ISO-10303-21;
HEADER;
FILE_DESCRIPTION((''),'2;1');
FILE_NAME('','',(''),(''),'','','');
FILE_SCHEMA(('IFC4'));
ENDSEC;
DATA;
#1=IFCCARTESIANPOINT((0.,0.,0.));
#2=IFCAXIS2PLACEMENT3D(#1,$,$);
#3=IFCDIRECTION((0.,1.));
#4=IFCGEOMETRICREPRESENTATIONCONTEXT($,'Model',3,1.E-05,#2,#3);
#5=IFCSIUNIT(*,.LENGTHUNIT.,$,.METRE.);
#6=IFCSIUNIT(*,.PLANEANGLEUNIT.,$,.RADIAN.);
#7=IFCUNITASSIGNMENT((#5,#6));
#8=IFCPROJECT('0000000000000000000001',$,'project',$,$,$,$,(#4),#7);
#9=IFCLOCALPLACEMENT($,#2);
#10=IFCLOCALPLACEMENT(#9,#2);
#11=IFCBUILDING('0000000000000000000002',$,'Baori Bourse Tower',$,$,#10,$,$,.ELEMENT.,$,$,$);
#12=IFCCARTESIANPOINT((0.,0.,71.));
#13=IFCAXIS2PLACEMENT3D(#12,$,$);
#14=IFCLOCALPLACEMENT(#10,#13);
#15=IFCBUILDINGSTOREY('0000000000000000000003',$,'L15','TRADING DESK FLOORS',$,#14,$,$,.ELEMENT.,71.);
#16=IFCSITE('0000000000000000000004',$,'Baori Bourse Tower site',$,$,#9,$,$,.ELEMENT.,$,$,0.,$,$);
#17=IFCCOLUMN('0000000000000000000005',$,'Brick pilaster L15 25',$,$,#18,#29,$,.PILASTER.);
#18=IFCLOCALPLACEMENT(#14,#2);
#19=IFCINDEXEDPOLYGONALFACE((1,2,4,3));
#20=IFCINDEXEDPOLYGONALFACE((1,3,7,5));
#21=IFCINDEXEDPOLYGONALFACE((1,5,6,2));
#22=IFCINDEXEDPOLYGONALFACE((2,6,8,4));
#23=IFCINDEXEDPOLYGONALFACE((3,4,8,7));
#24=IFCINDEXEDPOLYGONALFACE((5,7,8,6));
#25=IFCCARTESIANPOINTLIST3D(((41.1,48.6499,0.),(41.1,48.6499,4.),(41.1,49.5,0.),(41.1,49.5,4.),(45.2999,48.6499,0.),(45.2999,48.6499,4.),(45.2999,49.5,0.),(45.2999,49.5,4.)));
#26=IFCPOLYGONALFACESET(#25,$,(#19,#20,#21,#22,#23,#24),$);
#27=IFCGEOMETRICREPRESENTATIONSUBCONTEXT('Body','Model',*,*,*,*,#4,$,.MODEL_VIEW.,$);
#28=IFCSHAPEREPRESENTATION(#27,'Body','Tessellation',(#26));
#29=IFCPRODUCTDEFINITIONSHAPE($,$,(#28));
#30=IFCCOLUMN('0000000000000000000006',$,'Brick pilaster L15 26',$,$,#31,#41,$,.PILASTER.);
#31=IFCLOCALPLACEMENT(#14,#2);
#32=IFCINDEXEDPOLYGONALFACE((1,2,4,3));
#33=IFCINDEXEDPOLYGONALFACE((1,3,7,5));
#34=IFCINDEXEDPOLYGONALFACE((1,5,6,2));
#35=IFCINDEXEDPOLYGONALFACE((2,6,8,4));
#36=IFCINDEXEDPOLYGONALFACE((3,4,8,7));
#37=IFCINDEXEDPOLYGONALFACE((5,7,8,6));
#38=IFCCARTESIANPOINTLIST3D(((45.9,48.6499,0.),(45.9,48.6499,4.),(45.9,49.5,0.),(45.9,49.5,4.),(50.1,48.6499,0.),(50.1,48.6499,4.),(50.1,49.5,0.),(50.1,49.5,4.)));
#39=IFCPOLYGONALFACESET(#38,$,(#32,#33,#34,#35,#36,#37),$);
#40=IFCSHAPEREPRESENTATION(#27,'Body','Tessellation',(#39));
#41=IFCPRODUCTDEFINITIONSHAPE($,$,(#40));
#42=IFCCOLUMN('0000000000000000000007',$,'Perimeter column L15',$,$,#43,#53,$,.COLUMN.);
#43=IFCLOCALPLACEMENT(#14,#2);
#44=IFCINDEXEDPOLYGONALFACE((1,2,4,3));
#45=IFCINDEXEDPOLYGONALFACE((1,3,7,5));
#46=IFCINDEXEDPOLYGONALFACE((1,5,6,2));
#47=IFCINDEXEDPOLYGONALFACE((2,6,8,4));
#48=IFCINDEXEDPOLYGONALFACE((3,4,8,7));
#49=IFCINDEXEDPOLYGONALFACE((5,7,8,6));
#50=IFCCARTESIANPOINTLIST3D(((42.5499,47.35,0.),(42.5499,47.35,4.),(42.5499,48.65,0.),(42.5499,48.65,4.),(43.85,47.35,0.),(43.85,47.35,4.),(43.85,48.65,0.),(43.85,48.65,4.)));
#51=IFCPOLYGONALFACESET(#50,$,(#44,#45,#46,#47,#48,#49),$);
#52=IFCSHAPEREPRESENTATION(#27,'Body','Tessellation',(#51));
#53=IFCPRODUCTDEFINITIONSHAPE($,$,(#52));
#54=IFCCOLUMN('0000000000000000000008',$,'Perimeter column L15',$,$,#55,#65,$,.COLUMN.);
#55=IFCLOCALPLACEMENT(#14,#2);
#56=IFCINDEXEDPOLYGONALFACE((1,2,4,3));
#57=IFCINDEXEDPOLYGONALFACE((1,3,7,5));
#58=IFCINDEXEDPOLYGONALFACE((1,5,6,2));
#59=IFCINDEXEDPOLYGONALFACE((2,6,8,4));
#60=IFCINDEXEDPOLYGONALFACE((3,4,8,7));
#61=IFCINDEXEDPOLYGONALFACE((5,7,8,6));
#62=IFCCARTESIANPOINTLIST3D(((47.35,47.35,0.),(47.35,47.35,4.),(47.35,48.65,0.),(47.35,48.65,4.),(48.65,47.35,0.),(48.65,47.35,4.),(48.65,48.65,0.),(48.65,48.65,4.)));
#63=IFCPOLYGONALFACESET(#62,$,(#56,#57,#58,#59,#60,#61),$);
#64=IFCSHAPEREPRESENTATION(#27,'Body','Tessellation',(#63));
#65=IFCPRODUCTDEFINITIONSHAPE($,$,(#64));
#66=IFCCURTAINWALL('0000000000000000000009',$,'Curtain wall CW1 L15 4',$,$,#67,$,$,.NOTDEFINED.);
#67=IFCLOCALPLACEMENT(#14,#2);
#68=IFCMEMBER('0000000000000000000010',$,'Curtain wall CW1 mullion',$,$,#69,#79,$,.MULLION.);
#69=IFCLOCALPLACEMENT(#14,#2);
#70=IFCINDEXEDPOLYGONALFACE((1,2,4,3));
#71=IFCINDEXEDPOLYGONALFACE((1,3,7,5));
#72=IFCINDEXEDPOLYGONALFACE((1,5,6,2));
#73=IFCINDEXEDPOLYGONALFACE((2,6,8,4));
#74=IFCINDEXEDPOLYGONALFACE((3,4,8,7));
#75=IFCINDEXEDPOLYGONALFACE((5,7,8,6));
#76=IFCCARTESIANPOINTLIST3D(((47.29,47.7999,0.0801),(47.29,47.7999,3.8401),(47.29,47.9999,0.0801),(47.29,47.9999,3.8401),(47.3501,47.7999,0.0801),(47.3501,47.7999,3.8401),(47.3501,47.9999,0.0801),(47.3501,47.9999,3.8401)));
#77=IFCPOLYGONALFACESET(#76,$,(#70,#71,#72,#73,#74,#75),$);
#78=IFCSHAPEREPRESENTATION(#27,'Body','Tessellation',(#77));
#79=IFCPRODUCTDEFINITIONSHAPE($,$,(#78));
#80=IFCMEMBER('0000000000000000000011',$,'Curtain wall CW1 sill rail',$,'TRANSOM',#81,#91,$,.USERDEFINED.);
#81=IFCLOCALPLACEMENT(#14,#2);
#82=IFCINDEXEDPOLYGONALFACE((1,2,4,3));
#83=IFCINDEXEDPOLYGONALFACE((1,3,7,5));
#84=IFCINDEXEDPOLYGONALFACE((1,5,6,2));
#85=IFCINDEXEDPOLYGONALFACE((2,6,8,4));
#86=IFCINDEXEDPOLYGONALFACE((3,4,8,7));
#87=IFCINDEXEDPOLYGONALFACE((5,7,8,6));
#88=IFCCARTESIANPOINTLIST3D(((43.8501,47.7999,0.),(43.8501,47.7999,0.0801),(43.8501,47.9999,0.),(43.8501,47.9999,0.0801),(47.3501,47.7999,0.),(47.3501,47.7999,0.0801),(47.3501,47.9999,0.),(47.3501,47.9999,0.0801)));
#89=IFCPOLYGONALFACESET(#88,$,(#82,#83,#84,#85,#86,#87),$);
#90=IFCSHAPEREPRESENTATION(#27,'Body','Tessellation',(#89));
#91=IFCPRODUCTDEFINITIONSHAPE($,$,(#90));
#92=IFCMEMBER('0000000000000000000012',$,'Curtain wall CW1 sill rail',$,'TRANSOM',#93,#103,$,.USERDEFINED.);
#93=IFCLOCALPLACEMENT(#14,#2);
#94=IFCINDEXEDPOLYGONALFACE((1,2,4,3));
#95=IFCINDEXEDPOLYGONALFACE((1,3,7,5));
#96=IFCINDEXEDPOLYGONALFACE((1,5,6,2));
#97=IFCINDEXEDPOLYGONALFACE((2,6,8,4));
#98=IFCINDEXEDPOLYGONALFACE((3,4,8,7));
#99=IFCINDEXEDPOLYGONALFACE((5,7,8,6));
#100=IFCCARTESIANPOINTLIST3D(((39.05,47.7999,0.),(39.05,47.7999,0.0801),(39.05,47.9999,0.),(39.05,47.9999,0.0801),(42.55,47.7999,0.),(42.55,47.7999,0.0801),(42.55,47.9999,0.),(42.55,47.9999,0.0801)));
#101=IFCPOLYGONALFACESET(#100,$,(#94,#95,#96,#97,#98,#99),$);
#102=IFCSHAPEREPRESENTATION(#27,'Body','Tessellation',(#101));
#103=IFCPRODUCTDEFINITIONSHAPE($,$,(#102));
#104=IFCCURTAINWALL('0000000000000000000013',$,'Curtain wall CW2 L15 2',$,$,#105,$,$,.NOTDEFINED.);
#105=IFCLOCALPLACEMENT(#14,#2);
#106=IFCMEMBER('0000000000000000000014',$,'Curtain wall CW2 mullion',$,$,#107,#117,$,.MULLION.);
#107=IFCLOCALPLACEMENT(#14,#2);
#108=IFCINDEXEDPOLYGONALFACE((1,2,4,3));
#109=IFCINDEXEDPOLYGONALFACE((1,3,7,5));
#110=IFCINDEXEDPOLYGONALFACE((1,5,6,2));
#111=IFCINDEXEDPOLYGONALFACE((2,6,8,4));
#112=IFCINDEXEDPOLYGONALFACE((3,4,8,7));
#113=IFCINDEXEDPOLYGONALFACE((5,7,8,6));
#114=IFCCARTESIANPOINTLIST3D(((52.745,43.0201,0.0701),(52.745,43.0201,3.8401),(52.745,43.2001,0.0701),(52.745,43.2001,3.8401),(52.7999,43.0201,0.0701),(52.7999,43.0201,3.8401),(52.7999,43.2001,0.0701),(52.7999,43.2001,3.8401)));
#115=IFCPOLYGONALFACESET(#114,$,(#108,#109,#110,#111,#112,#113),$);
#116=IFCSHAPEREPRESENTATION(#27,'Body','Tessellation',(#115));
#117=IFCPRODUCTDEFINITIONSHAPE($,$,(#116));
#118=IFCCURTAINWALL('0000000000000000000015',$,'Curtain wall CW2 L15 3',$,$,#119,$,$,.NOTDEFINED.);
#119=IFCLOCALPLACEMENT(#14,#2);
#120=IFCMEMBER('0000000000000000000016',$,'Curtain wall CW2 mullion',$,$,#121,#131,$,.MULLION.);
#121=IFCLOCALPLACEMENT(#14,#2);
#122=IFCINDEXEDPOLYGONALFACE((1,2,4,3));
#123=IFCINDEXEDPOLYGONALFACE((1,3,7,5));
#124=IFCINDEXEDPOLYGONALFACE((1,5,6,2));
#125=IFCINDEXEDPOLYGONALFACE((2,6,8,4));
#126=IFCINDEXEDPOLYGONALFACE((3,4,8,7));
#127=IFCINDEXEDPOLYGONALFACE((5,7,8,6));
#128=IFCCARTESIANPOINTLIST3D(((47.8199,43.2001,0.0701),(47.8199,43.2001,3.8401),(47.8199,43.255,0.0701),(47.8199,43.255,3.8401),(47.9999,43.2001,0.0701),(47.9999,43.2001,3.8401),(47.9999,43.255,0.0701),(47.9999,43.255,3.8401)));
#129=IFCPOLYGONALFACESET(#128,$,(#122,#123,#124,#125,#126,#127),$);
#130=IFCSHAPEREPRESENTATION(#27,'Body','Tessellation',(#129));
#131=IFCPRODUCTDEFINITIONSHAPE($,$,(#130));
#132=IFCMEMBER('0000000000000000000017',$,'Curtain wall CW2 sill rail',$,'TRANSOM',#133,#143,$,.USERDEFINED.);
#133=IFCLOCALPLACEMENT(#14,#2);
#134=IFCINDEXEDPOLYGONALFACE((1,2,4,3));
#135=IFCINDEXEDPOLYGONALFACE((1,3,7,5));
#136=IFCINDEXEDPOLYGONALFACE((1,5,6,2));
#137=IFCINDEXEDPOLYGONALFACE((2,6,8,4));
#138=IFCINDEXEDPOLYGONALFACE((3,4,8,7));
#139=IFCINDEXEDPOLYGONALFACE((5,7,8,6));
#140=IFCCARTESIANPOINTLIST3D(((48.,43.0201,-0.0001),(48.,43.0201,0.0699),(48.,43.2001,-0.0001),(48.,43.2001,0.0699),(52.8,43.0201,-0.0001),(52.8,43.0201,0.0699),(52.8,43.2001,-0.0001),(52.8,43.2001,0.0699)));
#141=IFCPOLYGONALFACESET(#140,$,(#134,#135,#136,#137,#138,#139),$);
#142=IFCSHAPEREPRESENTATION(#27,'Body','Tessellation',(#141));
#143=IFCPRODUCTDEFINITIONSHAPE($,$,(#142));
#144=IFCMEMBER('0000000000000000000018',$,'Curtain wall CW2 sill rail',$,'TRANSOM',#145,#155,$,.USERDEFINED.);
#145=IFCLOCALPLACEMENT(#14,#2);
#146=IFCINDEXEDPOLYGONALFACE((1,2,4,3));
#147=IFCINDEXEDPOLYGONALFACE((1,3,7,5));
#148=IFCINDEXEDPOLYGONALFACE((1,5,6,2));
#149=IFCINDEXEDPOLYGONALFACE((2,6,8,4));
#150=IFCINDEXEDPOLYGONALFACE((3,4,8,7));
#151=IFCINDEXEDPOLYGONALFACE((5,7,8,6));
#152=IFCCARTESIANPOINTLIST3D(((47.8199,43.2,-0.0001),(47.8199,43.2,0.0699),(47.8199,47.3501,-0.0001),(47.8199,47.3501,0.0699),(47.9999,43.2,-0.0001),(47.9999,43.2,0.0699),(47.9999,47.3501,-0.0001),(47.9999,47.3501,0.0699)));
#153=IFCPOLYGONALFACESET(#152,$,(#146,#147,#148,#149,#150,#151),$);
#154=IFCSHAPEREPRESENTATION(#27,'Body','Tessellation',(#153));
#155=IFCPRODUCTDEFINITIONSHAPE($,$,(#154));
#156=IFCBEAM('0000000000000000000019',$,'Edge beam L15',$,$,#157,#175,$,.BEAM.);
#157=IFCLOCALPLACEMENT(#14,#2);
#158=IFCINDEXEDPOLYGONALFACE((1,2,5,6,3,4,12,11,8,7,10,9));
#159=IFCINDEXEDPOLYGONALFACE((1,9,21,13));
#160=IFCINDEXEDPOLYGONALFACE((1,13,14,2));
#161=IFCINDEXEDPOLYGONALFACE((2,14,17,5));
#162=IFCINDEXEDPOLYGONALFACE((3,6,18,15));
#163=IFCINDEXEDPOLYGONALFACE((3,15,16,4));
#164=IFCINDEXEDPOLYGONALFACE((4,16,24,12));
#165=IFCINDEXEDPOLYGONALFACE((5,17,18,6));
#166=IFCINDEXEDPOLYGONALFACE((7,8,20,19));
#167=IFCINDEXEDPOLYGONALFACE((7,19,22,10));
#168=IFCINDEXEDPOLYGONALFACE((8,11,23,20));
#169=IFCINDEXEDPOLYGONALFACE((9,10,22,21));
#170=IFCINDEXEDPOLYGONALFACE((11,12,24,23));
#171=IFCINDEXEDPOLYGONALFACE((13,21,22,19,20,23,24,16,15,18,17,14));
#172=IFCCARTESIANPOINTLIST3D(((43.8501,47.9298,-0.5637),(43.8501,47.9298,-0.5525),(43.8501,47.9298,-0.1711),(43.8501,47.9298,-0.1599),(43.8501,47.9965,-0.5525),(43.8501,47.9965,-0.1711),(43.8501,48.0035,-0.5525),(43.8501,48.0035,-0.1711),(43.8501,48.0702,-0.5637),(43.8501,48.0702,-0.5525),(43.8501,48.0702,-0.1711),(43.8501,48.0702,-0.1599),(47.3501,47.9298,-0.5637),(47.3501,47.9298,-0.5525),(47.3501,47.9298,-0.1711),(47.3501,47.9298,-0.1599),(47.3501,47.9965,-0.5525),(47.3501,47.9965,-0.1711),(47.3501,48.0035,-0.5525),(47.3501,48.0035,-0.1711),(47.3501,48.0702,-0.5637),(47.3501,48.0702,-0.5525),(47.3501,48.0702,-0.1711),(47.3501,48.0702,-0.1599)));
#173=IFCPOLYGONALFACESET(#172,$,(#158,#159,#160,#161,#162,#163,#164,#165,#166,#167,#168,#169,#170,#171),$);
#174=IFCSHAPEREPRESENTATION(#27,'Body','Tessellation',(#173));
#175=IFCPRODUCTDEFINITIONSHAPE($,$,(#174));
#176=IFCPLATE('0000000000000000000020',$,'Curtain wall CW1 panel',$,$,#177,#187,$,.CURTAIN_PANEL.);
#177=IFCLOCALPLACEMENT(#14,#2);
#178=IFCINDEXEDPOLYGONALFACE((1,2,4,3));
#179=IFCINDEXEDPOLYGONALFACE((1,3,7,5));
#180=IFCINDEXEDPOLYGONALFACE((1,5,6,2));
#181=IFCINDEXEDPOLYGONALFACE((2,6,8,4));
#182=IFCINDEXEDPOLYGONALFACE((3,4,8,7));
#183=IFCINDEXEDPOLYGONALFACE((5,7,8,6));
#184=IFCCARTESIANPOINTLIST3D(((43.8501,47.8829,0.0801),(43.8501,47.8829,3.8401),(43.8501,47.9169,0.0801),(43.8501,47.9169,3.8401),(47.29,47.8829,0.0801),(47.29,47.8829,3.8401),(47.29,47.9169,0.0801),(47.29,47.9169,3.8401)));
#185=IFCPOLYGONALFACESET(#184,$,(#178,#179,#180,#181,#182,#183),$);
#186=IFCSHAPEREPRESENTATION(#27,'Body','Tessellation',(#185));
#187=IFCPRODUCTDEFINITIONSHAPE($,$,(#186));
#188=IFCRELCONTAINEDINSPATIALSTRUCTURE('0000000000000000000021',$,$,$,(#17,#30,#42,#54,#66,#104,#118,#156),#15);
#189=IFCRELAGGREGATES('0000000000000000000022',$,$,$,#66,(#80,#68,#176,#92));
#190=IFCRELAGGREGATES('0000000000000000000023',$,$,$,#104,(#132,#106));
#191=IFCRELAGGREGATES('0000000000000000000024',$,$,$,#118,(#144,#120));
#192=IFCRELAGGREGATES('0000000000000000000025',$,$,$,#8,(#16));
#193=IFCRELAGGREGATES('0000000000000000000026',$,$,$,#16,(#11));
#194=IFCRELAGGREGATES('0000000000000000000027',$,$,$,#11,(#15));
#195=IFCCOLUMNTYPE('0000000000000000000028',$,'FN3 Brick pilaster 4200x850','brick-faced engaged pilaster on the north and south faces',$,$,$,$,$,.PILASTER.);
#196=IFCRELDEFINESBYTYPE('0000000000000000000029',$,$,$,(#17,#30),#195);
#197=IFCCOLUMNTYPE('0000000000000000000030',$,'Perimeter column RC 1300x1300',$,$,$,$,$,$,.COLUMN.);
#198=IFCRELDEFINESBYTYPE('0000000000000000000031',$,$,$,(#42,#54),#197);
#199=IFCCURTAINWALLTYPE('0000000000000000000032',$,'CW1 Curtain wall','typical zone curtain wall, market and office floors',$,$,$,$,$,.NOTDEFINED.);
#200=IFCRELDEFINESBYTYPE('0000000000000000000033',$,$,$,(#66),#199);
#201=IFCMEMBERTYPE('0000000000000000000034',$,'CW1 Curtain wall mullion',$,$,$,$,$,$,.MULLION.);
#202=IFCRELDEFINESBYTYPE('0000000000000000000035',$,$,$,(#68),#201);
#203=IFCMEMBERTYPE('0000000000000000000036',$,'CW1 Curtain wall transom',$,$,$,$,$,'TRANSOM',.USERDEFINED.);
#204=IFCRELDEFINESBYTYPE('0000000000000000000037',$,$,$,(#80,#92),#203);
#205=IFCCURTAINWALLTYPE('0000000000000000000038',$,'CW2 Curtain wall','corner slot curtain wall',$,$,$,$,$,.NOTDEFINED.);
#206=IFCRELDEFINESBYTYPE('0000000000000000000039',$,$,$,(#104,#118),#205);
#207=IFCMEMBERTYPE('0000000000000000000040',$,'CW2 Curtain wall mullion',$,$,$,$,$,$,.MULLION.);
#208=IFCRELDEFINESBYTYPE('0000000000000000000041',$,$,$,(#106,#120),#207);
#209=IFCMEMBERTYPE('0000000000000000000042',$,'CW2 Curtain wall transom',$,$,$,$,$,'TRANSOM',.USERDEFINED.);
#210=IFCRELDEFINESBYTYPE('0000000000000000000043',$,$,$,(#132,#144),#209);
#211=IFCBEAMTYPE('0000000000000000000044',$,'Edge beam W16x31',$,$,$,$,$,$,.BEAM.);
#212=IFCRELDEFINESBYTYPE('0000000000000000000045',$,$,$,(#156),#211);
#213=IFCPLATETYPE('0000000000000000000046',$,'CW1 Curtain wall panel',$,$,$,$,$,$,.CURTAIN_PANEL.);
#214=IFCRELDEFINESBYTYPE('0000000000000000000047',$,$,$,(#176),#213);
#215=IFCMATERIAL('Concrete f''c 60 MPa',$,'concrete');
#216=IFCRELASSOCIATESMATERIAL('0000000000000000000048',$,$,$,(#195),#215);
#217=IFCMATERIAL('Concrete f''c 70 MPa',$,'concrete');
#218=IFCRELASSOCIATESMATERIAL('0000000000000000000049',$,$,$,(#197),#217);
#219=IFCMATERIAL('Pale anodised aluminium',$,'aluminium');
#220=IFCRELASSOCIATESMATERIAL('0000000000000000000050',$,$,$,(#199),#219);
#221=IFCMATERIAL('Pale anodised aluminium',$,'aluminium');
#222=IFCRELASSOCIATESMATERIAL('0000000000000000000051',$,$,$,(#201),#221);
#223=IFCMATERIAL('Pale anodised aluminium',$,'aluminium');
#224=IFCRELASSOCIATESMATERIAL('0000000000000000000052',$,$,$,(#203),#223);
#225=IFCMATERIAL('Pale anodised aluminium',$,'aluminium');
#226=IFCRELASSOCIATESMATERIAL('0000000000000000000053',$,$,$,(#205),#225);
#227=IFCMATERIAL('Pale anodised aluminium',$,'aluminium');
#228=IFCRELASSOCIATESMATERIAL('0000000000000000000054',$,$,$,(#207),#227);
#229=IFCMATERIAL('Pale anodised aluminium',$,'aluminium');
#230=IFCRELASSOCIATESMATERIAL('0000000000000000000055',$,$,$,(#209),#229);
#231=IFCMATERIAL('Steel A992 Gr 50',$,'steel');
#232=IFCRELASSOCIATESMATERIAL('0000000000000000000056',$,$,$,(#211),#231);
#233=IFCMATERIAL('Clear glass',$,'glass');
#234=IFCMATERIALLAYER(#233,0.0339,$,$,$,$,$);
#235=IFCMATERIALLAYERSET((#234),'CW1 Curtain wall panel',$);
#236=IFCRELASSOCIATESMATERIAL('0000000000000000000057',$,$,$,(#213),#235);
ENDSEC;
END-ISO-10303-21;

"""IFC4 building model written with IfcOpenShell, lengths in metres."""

from ifc_helpers import new_model, si_unit, direction, frame, origin, origin_2d, place, context, subcontext, project, spatial, rectangle, i_section, extrude, material, layer, layer_set, material_profile, profile_set, type_object, element, aggregate, save


model = new_model("IFC4")

# Units and contexts
model_context = context("Model", 3, precision=1e-05, world=origin(), true_north=direction((0.0, 1.0)))
body_context = subcontext(model_context, "Body", "Model", "MODEL_VIEW")
ifc_project = project(units=[si_unit("LENGTHUNIT", "METRE"), si_unit("PLANEANGLEUNIT", "RADIAN")], contexts=[model_context])

# Site, building, storey
site_placement = place(None, origin())
site = spatial("IfcSite", under=ifc_project, at=site_placement, Name="Baori Bourse Tower site", CompositionType="ELEMENT", RefElevation=0.0)
building_placement = place(site_placement, origin())
building = spatial("IfcBuilding", under=site, at=building_placement, Name="Baori Bourse Tower", CompositionType="ELEMENT")
storey_placement = place(building_placement, frame((0.0, 0.0, 71.0)))
storey = spatial("IfcBuildingStorey", under=building, at=storey_placement, Name="L15", Description="TRADING DESK FLOORS", CompositionType="ELEMENT", Elevation=71.0)

# Columns
ifc_material_1 = material(Name="Concrete f'c 60 MPa", Category="concrete")
ifc_material_profile_1 = material_profile(ifc_material_1, rectangle(XDim=4.2, YDim=0.8501, at=origin_2d()), Name="RC 4200x850")
ifc_profile_set_1 = profile_set([ifc_material_profile_1], Name="Concrete f'c 60 MPa")
column_type_1 = type_object("IfcColumnType", Name="FN3 Brick pilaster 4200x850", Description="brick-faced engaged pilaster on the north and south faces", PredefinedType="PILASTER", material=ifc_profile_set_1)
for number, where, z_axis, x_axis, name in (
    (1, (43.2, 49.075, 0.0), (0.0, 0.0, 1.0), (1.0, 0.0, 0.0), "Brick pilaster L15 25"),
    (2, (48.0, 49.075, 0.0), (0.0, 0.0, 1.0), (1.0, 0.0, 0.0), "Brick pilaster L15 26"),
):
    element("IfcColumn", number, at=place(storey_placement, frame(where, z_axis=z_axis, x_axis=x_axis)), inside=storey, type_object=column_type_1, Name=name, PredefinedType="PILASTER", context=body_context, shape_type="SweptSolid", body=[
        extrude(rectangle(XDim=4.2, YDim=0.8501, at=origin_2d()), origin(), (0.0, 0.0, 1.0), 4.0),
    ])
ifc_material_2 = material(Name="Concrete f'c 70 MPa", Category="concrete")
ifc_material_profile_2 = material_profile(ifc_material_2, rectangle(XDim=1.3, YDim=1.3, at=origin_2d()), Name="RC 1300x1300")
ifc_profile_set_2 = profile_set([ifc_material_profile_2], Name="Concrete f'c 70 MPa")
column_type_2 = type_object("IfcColumnType", Name="Perimeter column RC 1300x1300", PredefinedType="COLUMN", material=ifc_profile_set_2)
for number, where, z_axis, x_axis, name in (
    (3, (43.2, 48.0, 0.0), (0.0, 0.0, 1.0), (1.0, 0.0, 0.0), "Perimeter column L15"),
    (4, (48.0, 48.0, 0.0), (0.0, 0.0, 1.0), (1.0, 0.0, 0.0), "Perimeter column L15"),
):
    element("IfcColumn", number, at=place(storey_placement, frame(where, z_axis=z_axis, x_axis=x_axis)), inside=storey, type_object=column_type_2, Name=name, PredefinedType="COLUMN", context=body_context, shape_type="SweptSolid", body=[
        extrude(rectangle(XDim=1.3, YDim=1.3, at=origin_2d()), origin(), (0.0, 0.0, 1.0), 4.0),
    ])

# Curtain wall, members
ifc_material_3 = material(Name="Pale anodised aluminium", Category="aluminium")
curtain_wall_type_1 = type_object("IfcCurtainWallType", Name="CW1 Curtain wall", Description="typical zone curtain wall, market and office floors", PredefinedType="NOTDEFINED", material=ifc_material_3)
curtain_wall_1_placement = place(storey_placement, origin())
curtain_wall_1 = element("IfcCurtainWall", 5, at=curtain_wall_1_placement, inside=storey, type_object=curtain_wall_type_1, Name="Curtain wall CW1 L15 4", PredefinedType="NOTDEFINED")
ifc_material_4 = material(Name="Pale anodised aluminium", Category="aluminium")
ifc_material_profile_3 = material_profile(ifc_material_4, rectangle(XDim=0.2, YDim=0.0601, at=origin_2d()), Name="Mullion 60x200")
ifc_profile_set_3 = profile_set([ifc_material_profile_3], Name="Pale anodised aluminium")
member_type_1 = type_object("IfcMemberType", Name="CW1 Curtain wall mullion", PredefinedType="MULLION", material=ifc_profile_set_3)
member_1_placement = place(storey_placement, frame((47.3201, 47.8999, 0.0801), z_axis=(0.0, 0.0, 1.0), x_axis=(0.0, -1.0, 0.0)))
member_1 = element("IfcMember", 6, at=member_1_placement, type_object=member_type_1, Name="Curtain wall CW1 mullion", PredefinedType="MULLION", context=body_context, shape_type="SweptSolid", body=[
    extrude(rectangle(XDim=0.2, YDim=0.0601, at=origin_2d()), origin(), (0.0, 0.0, 1.0), 3.76),
])
ifc_material_5 = material(Name="Pale anodised aluminium", Category="aluminium")
ifc_material_profile_4 = material_profile(ifc_material_5, rectangle(XDim=0.2, YDim=0.0801, at=origin_2d()), Name="Transom 80x200")
ifc_profile_set_4 = profile_set([ifc_material_profile_4], Name="Pale anodised aluminium")
member_type_2 = type_object("IfcMemberType", Name="CW1 Curtain wall transom", ElementType="TRANSOM", PredefinedType="USERDEFINED", material=ifc_profile_set_4)
member_2_placement = place(storey_placement, frame((47.3501, 47.8999, 0.04), z_axis=(-1.0, 0.0, 0.0), x_axis=(0.0, -1.0, 0.0)))
member_2 = element("IfcMember", 7, at=member_2_placement, type_object=member_type_2, Name="Curtain wall CW1 sill rail", ObjectType="TRANSOM", PredefinedType="USERDEFINED", context=body_context, shape_type="SweptSolid", body=[
    extrude(rectangle(XDim=0.2, YDim=0.0801, at=origin_2d()), origin(), (0.0, 0.0, 1.0), 3.5),
])
member_3_placement = place(storey_placement, frame((42.55, 47.8999, 0.04), z_axis=(-1.0, 0.0, 0.0), x_axis=(0.0, -1.0, 0.0)))
member_3 = element("IfcMember", 8, at=member_3_placement, type_object=member_type_2, Name="Curtain wall CW1 sill rail", ObjectType="TRANSOM", PredefinedType="USERDEFINED", context=body_context, shape_type="SweptSolid", body=[
    extrude(rectangle(XDim=0.2, YDim=0.0801, at=origin_2d()), origin(), (0.0, 0.0, 1.0), 3.5),
])

# Curtain walls, members
ifc_material_6 = material(Name="Pale anodised aluminium", Category="aluminium")
curtain_wall_type_2 = type_object("IfcCurtainWallType", Name="CW2 Curtain wall", Description="corner slot curtain wall", PredefinedType="NOTDEFINED", material=ifc_material_6)
curtain_wall_2_placement = place(storey_placement, origin())
curtain_wall_2 = element("IfcCurtainWall", 9, at=curtain_wall_2_placement, inside=storey, type_object=curtain_wall_type_2, Name="Curtain wall CW2 L15 2", PredefinedType="NOTDEFINED")
ifc_material_7 = material(Name="Pale anodised aluminium", Category="aluminium")
ifc_material_profile_5 = material_profile(ifc_material_7, rectangle(XDim=0.1799, YDim=0.0549, at=origin_2d()), Name="Mullion 55x180")
ifc_profile_set_5 = profile_set([ifc_material_profile_5], Name="Pale anodised aluminium")
member_type_3 = type_object("IfcMemberType", Name="CW2 Curtain wall mullion", PredefinedType="MULLION", material=ifc_profile_set_5)
member_4_placement = place(storey_placement, frame((52.7725, 43.1101, 0.0701), z_axis=(0.0, 0.0, 1.0), x_axis=(0.0, -1.0, 0.0)))
member_4 = element("IfcMember", 10, at=member_4_placement, type_object=member_type_3, Name="Curtain wall CW2 mullion", PredefinedType="MULLION", context=body_context, shape_type="SweptSolid", body=[
    extrude(rectangle(XDim=0.1799, YDim=0.0549, at=origin_2d()), origin(), (0.0, 0.0, 1.0), 3.77),
])
curtain_wall_3_placement = place(storey_placement, origin())
curtain_wall_3 = element("IfcCurtainWall", 11, at=curtain_wall_3_placement, inside=storey, type_object=curtain_wall_type_2, Name="Curtain wall CW2 L15 3", PredefinedType="NOTDEFINED")
member_5_placement = place(storey_placement, frame((47.9099, 43.2275, 0.0701), z_axis=(0.0, 0.0, 1.0), x_axis=(-1.0, 0.0, 0.0)))
member_5 = element("IfcMember", 12, at=member_5_placement, type_object=member_type_3, Name="Curtain wall CW2 mullion", PredefinedType="MULLION", context=body_context, shape_type="SweptSolid", body=[
    extrude(rectangle(XDim=0.1799, YDim=0.0549, at=origin_2d()), origin(), (0.0, 0.0, 1.0), 3.77),
])

# Members
ifc_material_8 = material(Name="Pale anodised aluminium", Category="aluminium")
ifc_material_profile_6 = material_profile(ifc_material_8, rectangle(XDim=0.1799, YDim=0.0701, at=origin_2d()), Name="Transom 70x180")
ifc_profile_set_6 = profile_set([ifc_material_profile_6], Name="Pale anodised aluminium")
member_type_4 = type_object("IfcMemberType", Name="CW2 Curtain wall transom", ElementType="TRANSOM", PredefinedType="USERDEFINED", material=ifc_profile_set_6)
member_6_placement = place(storey_placement, frame((52.8, 43.1101, 0.0349), z_axis=(-1.0, 0.0, 0.0), x_axis=(0.0, -1.0, 0.0)))
member_6 = element("IfcMember", 13, at=member_6_placement, type_object=member_type_4, Name="Curtain wall CW2 sill rail", ObjectType="TRANSOM", PredefinedType="USERDEFINED", context=body_context, shape_type="SweptSolid", body=[
    extrude(rectangle(XDim=0.1799, YDim=0.0701, at=origin_2d()), origin(), (0.0, 0.0, 1.0), 4.8),
])
member_7_placement = place(storey_placement, frame((47.9099, 43.2, 0.0349), z_axis=(0.0, 1.0, 0.0), x_axis=(-1.0, 0.0, 0.0)))
member_7 = element("IfcMember", 14, at=member_7_placement, type_object=member_type_4, Name="Curtain wall CW2 sill rail", ObjectType="TRANSOM", PredefinedType="USERDEFINED", context=body_context, shape_type="SweptSolid", body=[
    extrude(rectangle(XDim=0.1799, YDim=0.0701, at=origin_2d()), origin(), (0.0, 0.0, 1.0), 4.1501),
])

# Beam
ifc_material_9 = material(Name="Steel A992 Gr 50", Category="steel")
ifc_material_profile_7 = material_profile(ifc_material_9, i_section(OverallWidth=0.1404, OverallDepth=0.4038, WebThickness=0.0071, FlangeThickness=0.0112, at=origin_2d()), Name="W16x31")
ifc_profile_set_7 = profile_set([ifc_material_profile_7], Name="Steel A992 Gr 50")
beam_type = type_object("IfcBeamType", Name="Edge beam W16x31", PredefinedType="BEAM", material=ifc_profile_set_7)
beam_placement = place(storey_placement, frame((43.8501, 48.0, -0.3618), z_axis=(1.0, 0.0, 0.0), x_axis=(0.0, 1.0, 0.0)))
element("IfcBeam", 15, at=beam_placement, inside=storey, type_object=beam_type, Name="Edge beam L15", PredefinedType="BEAM", context=body_context, shape_type="SweptSolid", body=[
    extrude(i_section(OverallWidth=0.1404, OverallDepth=0.4038, WebThickness=0.0071, FlangeThickness=0.0112, at=origin_2d()), origin(), (0.0, 0.0, 1.0), 3.5),
])

# Plate
ifc_material_10 = material(Name="Clear glass", Category="glass")
ifc_layer_1 = layer(ifc_material_10, 0.0339)
ifc_layer_set_1 = layer_set([ifc_layer_1], Name="CW1 Curtain wall panel")
plate_type_1 = type_object("IfcPlateType", Name="CW1 Curtain wall panel", PredefinedType="CURTAIN_PANEL", material=ifc_layer_set_1)
plate_1_placement = place(storey_placement, frame((45.5701, 47.8999, 0.0801), z_axis=(0.0, 0.0, 1.0), x_axis=(-1.0, 0.0, 0.0)))
plate_1 = element("IfcPlate", 16, at=plate_1_placement, type_object=plate_type_1, Name="Curtain wall CW1 panel", PredefinedType="CURTAIN_PANEL", context=body_context, shape_type="SweptSolid", body=[
    extrude(rectangle(XDim=3.4399, YDim=0.0339, at=origin_2d()), origin(), (0.0, 0.0, 1.0), 3.76),
])
aggregate(curtain_wall_1, [member_2, member_1, plate_1, member_3])
aggregate(curtain_wall_2, [member_6, member_4])
aggregate(curtain_wall_3, [member_7, member_5])

save(model, "model.ifc")
